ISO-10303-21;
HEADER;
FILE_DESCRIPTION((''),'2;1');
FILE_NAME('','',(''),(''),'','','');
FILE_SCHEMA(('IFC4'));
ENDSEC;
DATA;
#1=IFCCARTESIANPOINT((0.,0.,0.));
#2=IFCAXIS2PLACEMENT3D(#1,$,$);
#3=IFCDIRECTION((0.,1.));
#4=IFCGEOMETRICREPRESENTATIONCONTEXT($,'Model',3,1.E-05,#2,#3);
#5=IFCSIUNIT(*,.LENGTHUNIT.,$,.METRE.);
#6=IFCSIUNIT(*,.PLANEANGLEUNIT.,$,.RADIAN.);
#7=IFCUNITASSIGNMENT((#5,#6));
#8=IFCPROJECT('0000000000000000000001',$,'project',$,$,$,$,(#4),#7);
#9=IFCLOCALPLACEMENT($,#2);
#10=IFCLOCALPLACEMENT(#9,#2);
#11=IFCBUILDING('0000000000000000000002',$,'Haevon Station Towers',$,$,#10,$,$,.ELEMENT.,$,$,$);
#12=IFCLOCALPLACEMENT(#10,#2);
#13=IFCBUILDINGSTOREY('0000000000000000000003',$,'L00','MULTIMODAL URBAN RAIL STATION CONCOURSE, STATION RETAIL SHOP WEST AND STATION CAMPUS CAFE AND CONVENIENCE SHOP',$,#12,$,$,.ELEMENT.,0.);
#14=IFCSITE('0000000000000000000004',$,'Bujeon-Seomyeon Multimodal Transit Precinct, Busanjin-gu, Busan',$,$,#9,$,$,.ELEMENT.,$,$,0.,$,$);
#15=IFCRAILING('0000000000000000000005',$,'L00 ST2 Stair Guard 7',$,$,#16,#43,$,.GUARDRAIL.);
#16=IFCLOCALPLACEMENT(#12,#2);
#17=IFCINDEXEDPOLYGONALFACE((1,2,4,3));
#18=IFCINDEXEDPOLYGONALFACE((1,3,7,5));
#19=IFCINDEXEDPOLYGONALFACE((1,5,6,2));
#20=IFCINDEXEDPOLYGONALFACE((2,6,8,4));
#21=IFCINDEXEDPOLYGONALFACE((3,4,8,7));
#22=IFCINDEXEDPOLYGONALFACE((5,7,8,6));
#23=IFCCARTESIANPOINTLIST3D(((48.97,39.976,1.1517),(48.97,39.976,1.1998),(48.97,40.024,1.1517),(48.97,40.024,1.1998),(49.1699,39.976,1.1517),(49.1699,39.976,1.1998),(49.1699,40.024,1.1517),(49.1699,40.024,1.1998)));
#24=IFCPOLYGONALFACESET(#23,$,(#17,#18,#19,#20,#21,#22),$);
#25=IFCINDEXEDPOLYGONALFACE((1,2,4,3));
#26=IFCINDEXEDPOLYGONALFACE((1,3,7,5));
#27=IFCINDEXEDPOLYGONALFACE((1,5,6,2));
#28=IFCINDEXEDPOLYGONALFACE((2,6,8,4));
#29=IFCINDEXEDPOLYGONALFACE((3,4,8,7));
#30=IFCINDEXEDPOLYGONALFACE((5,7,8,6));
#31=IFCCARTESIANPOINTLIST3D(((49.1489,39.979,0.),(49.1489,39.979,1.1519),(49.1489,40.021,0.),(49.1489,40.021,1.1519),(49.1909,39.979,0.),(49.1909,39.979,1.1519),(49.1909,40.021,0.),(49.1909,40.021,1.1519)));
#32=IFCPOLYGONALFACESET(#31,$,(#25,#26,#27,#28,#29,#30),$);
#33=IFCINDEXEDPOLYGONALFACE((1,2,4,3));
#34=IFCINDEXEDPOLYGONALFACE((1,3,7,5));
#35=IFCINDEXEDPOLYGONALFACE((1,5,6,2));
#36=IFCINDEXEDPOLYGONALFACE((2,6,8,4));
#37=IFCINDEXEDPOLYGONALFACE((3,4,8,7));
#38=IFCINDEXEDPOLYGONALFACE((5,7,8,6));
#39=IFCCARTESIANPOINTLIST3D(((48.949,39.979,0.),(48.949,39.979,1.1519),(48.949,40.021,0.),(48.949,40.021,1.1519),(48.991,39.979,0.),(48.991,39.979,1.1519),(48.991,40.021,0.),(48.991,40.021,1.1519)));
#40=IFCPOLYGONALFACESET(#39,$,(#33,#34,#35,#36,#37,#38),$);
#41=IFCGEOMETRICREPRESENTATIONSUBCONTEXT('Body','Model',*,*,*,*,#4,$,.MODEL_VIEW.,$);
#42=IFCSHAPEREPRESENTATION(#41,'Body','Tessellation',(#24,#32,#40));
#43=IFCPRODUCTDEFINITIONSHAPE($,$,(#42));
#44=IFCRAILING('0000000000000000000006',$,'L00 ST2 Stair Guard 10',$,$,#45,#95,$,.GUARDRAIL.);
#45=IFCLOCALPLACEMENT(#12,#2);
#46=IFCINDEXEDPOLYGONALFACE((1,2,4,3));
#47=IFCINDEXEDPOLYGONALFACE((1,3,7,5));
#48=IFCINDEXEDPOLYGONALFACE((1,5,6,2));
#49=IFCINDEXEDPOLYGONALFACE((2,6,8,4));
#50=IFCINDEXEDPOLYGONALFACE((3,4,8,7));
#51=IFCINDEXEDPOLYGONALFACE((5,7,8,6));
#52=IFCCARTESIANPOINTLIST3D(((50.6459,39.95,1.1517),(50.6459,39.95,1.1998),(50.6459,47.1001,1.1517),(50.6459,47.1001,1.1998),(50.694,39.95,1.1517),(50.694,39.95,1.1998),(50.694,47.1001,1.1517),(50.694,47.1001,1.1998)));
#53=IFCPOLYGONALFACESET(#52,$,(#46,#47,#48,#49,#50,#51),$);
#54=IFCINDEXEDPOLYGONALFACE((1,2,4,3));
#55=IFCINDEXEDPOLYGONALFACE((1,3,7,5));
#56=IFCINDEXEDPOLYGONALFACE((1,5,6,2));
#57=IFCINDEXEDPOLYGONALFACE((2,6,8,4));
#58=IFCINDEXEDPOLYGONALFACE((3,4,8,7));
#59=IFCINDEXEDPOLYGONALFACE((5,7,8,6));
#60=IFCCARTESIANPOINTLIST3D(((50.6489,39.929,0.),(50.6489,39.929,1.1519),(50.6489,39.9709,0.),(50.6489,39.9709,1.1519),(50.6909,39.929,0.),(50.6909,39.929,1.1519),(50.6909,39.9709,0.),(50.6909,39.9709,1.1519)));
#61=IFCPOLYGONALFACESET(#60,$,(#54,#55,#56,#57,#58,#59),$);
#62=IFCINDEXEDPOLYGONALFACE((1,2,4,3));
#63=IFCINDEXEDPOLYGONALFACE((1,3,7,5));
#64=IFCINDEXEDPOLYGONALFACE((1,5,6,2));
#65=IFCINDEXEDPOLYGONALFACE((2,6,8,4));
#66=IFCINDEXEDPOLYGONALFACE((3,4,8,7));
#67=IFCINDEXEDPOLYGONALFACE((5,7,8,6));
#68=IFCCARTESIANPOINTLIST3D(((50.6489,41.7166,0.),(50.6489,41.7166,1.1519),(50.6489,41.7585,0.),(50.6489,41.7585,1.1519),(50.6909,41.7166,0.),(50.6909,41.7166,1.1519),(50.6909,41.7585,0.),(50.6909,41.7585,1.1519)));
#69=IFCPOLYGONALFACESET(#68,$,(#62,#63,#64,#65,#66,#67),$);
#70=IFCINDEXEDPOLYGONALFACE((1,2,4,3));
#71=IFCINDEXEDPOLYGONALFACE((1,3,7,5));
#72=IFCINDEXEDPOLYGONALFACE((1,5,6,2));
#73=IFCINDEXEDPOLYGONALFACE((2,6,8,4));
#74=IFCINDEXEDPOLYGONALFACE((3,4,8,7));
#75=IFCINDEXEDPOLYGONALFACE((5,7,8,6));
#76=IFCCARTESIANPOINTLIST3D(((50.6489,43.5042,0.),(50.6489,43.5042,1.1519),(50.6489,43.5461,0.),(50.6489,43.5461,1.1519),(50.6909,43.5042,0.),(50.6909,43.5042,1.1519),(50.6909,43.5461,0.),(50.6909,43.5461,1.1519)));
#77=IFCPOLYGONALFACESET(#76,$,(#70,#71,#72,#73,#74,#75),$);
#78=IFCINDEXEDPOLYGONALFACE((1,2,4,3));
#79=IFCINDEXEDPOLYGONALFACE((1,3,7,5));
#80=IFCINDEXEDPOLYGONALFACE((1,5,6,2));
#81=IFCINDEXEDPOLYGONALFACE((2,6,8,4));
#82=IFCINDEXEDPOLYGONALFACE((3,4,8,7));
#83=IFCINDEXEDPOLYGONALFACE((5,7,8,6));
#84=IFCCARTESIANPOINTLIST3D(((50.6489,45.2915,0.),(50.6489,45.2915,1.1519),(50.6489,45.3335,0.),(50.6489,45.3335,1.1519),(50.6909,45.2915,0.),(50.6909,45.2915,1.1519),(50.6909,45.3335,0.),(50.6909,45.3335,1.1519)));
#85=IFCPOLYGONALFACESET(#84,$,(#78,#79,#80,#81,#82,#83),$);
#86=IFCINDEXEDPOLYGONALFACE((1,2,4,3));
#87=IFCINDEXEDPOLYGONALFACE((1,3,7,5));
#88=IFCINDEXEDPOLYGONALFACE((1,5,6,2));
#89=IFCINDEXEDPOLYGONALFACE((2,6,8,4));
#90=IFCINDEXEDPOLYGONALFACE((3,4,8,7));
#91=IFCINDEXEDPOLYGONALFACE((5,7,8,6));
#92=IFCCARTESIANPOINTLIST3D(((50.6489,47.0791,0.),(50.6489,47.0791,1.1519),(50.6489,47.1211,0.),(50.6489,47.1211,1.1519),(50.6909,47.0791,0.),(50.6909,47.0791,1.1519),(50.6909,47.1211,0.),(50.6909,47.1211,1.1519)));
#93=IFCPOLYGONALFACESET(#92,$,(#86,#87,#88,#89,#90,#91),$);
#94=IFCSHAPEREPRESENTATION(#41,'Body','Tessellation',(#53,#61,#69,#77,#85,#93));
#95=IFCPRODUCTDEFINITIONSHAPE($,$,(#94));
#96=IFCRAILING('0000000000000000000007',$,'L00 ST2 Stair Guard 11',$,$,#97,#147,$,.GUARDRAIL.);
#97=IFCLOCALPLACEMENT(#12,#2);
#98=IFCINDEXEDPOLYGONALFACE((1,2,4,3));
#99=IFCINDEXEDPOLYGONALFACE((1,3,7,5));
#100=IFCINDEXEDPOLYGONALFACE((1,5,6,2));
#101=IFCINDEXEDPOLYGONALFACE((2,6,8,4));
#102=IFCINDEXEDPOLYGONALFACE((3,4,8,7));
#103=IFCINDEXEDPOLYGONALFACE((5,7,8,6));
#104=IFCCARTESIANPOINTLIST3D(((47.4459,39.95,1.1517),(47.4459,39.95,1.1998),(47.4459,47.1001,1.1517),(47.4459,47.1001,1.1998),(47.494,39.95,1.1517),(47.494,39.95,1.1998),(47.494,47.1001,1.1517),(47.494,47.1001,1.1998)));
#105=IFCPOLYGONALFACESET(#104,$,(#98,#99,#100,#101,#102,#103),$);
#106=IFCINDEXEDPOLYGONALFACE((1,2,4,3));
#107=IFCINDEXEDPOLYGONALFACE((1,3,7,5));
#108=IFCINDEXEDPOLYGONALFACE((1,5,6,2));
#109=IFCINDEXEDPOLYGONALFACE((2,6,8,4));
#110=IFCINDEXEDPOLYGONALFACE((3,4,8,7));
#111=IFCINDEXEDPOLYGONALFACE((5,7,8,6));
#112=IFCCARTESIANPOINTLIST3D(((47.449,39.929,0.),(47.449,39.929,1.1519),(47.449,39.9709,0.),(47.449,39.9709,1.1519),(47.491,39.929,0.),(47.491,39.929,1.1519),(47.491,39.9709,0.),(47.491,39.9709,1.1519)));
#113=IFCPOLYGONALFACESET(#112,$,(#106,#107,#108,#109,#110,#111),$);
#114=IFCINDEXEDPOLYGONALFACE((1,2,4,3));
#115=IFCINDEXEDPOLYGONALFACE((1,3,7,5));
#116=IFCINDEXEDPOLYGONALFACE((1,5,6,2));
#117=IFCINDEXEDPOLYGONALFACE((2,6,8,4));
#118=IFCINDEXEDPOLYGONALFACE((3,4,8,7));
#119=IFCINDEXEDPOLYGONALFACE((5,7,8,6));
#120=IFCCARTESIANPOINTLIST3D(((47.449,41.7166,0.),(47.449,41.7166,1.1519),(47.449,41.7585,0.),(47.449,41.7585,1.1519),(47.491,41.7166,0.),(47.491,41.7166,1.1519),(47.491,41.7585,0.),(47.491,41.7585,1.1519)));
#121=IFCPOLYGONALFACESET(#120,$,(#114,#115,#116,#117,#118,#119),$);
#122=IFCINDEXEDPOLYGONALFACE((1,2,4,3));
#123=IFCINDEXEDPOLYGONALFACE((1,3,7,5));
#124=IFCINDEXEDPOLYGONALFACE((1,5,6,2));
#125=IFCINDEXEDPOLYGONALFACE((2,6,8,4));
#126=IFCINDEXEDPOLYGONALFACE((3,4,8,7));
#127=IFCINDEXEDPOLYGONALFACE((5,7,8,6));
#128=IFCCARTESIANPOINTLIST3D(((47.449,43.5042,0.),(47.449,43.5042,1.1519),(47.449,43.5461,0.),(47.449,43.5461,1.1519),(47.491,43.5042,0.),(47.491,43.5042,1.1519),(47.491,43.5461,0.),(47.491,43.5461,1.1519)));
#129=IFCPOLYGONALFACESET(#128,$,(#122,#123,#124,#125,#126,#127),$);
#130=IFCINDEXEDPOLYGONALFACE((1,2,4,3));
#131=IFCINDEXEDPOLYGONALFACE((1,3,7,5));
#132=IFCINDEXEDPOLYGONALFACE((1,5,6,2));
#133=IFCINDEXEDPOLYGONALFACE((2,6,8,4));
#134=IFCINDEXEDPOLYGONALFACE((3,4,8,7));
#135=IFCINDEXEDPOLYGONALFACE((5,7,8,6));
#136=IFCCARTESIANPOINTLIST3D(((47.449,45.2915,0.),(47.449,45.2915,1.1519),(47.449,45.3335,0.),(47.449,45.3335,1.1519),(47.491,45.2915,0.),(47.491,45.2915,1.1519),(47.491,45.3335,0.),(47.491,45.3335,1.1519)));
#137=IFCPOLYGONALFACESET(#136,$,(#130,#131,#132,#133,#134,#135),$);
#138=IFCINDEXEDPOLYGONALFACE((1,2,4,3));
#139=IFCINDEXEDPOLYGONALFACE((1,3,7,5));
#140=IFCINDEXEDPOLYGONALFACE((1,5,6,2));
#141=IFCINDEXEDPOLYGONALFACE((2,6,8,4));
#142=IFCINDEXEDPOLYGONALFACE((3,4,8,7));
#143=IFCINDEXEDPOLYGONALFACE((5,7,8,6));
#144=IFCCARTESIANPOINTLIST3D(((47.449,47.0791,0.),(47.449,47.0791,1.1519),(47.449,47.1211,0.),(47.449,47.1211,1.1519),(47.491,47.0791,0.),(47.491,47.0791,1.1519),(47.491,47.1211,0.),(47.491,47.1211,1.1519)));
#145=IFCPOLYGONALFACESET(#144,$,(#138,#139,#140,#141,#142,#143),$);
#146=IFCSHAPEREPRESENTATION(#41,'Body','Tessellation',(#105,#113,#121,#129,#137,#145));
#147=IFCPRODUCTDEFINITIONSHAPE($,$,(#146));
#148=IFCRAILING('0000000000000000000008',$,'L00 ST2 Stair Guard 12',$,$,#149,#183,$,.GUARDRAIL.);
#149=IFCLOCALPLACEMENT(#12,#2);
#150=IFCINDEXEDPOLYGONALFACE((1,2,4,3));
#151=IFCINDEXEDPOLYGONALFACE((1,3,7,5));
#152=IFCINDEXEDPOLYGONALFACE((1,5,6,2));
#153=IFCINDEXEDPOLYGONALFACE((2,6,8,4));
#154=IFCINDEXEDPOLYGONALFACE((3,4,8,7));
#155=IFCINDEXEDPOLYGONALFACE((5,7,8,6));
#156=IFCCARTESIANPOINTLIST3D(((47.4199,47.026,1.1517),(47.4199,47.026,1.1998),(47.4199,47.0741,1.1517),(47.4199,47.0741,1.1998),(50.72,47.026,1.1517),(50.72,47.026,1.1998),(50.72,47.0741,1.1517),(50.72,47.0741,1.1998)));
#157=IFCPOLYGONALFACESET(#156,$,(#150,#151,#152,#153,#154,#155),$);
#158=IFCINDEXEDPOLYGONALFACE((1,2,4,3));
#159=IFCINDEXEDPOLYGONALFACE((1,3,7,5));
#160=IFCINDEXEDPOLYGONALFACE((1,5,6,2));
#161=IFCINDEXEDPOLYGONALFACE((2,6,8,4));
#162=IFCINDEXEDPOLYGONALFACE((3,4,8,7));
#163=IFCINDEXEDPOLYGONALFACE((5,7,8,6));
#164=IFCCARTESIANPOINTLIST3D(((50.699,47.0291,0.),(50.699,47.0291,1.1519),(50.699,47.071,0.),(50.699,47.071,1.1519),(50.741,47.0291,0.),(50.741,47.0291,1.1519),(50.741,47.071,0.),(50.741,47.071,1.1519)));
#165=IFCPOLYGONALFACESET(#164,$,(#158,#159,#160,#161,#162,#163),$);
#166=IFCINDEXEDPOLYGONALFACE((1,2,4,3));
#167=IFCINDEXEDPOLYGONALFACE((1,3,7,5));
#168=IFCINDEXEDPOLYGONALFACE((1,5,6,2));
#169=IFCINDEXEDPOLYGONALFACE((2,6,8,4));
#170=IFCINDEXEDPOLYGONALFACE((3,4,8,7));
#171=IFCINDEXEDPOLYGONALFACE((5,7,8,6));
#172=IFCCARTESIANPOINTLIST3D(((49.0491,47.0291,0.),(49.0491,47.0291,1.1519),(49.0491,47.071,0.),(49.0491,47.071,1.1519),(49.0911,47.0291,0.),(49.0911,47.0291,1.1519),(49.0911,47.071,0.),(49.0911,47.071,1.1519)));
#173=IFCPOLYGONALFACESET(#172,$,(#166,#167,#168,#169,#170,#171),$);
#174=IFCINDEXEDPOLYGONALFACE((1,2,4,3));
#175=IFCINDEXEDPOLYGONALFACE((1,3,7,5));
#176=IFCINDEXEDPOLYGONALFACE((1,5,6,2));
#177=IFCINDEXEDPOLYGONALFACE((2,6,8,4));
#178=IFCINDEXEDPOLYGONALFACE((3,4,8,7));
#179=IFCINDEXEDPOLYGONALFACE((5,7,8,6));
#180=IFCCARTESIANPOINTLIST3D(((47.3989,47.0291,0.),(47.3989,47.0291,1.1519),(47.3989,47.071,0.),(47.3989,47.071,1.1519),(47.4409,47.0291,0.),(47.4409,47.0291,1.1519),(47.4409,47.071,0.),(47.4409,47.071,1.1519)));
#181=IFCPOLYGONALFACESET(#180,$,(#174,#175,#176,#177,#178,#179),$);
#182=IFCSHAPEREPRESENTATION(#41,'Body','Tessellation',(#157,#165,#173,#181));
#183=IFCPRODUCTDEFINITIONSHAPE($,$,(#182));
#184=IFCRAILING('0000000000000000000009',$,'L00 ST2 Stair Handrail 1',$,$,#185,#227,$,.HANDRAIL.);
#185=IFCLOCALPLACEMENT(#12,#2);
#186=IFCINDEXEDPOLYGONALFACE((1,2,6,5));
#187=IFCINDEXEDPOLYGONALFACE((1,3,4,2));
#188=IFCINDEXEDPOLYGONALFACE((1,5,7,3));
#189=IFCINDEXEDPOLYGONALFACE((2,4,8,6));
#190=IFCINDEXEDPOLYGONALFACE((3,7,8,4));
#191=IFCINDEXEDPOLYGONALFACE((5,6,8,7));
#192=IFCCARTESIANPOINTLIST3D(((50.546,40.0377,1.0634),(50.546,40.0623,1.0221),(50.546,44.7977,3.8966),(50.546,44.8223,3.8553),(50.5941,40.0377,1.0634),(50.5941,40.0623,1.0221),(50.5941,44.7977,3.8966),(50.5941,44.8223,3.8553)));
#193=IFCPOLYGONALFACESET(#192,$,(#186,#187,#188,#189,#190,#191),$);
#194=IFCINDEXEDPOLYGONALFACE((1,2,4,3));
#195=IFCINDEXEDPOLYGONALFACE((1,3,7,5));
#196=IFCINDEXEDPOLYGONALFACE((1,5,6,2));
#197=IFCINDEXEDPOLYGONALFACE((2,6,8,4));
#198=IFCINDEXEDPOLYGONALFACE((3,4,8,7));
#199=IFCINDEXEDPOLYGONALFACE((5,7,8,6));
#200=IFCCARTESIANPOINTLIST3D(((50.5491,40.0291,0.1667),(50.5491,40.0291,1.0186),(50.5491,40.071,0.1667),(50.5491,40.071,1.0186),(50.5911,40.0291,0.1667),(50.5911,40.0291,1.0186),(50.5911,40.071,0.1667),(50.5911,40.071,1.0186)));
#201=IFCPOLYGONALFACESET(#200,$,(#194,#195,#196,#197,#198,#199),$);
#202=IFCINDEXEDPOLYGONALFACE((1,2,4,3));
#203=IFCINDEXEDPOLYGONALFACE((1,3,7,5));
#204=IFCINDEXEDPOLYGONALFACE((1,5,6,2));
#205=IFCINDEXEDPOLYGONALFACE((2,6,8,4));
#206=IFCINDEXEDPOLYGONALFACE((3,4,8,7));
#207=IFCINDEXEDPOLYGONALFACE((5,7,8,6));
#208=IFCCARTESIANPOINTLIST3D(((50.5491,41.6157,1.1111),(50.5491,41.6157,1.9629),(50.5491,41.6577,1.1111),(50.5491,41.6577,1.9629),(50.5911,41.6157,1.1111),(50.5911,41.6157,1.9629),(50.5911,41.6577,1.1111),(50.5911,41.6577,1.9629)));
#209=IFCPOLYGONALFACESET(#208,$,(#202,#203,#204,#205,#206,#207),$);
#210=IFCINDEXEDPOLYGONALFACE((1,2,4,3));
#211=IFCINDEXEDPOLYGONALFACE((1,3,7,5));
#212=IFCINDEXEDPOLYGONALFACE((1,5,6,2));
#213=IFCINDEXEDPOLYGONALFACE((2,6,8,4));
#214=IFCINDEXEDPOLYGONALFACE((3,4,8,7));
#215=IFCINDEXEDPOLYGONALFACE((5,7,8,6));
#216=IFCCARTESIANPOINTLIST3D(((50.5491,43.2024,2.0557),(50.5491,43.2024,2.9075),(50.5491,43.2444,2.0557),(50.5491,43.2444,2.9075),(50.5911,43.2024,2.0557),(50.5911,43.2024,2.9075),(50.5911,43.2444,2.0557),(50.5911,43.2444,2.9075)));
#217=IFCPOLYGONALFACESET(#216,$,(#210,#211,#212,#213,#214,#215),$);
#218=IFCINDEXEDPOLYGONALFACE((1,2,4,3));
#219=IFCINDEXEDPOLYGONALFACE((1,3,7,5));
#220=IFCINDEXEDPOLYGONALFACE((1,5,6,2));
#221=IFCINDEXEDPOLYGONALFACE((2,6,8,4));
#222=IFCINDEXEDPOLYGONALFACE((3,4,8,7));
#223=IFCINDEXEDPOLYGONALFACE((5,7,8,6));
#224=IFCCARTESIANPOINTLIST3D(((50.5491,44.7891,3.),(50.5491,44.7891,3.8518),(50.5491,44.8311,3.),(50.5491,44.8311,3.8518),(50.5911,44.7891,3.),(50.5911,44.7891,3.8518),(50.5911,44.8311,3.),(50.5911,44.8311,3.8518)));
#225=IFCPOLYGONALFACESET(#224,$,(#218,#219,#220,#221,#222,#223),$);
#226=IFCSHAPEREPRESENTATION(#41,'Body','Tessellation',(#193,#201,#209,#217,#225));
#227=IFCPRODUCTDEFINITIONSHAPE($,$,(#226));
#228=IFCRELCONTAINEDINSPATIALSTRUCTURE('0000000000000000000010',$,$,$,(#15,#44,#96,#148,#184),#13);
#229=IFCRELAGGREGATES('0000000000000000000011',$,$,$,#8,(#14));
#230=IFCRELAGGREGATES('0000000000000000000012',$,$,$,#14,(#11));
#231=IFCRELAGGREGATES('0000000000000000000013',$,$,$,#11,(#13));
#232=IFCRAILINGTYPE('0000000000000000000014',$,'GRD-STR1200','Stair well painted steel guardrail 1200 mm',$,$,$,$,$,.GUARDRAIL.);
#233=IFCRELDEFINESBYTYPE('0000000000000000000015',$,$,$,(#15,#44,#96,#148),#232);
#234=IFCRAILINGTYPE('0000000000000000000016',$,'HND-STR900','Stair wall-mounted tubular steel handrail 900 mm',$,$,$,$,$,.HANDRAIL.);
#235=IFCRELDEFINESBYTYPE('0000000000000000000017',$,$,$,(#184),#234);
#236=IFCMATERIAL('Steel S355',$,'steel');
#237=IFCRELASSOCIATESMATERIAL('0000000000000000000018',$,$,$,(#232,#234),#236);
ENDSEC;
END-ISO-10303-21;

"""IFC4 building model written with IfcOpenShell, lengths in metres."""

from ifc_helpers import new_model, si_unit, direction, frame, origin, origin_2d, place, context, subcontext, project, spatial, rectangle, extrude, material, type_object, element, save


model = new_model("IFC4")

# Units and contexts
model_context = context("Model", 3, precision=1e-05, world=origin(), true_north=direction((0.0, 1.0)))
body_context = subcontext(model_context, "Body", "Model", "MODEL_VIEW")
ifc_project = project(units=[si_unit("LENGTHUNIT", "METRE"), si_unit("PLANEANGLEUNIT", "RADIAN")], contexts=[model_context])

# Site, building, storey
site_placement = place(None, origin())
site = spatial("IfcSite", under=ifc_project, at=site_placement, Name="Bujeon-Seomyeon Multimodal Transit Precinct, Busanjin-gu, Busan", CompositionType="ELEMENT", RefElevation=0.0)
building_placement = place(site_placement, origin())
building = spatial("IfcBuilding", under=site, at=building_placement, Name="Haevon Station Towers", CompositionType="ELEMENT")
storey_placement = place(building_placement, origin())
storey = spatial("IfcBuildingStorey", under=building, at=storey_placement, Name="L00", Description="MULTIMODAL URBAN RAIL STATION CONCOURSE, STATION RETAIL SHOP WEST AND STATION CAMPUS CAFE AND CONVENIENCE SHOP", CompositionType="ELEMENT", Elevation=0.0)

# Shared definitions
ifc_material_1 = material(Name="Steel S355", Category="steel")

# Railings
railing_type_1 = type_object("IfcRailingType", Name="GRD-STR1200", Description="Stair well painted steel guardrail 1200 mm", PredefinedType="GUARDRAIL", material=ifc_material_1)
railing_1_placement = place(storey_placement, frame((49.1699, 40.0, 0.0)))
element("IfcRailing", 1, at=railing_1_placement, inside=storey, type_object=railing_type_1, Name="L00 ST2 Stair Guard 7", PredefinedType="GUARDRAIL", context=body_context, shape_type="SweptSolid", body=[
    extrude(rectangle(XDim=0.0481, YDim=0.0481, at=origin_2d()), frame((0.0, 0.0, 1.1758), z_axis=(-1.0, 0.0, 0.0), x_axis=(0.0, -1.0, 0.0)), (0.0, 0.0, 1.0), 0.2),
    extrude(rectangle(XDim=0.042, YDim=0.042, at=origin_2d()), origin(), (0.0, 0.0, 1.0), 1.1519),
    extrude(rectangle(XDim=0.042, YDim=0.042, at=origin_2d()), frame((-0.2, 0.0, 0.0)), (0.0, 0.0, 1.0), 1.1519),
])
for number, where, name in (
    (2, (50.6699, 39.95, 0.0), "L00 ST2 Stair Guard 10"),
    (3, (47.47, 39.95, 0.0), "L00 ST2 Stair Guard 11"),
):
    element("IfcRailing", number, at=place(storey_placement, frame(where)), inside=storey, type_object=railing_type_1, Name=name, PredefinedType="GUARDRAIL", context=body_context, shape_type="SweptSolid", body=[
        extrude(rectangle(XDim=0.0481, YDim=0.0481, at=origin_2d()), frame((0.0, 0.0, 1.1758), z_axis=(0.0, 1.0, 0.0), x_axis=(-1.0, 0.0, 0.0)), (0.0, 0.0, 1.0), 7.1501),
        extrude(rectangle(XDim=0.042, YDim=0.042, at=origin_2d()), origin(), (0.0, 0.0, 1.0), 1.1519),
        extrude(rectangle(XDim=0.042, YDim=0.042, at=origin_2d()), frame((0.0, 1.7876, 0.0)), (0.0, 0.0, 1.0), 1.1519),
        extrude(rectangle(XDim=0.042, YDim=0.042, at=origin_2d()), frame((0.0, 3.5752, 0.0)), (0.0, 0.0, 1.0), 1.1519),
        extrude(rectangle(XDim=0.042, YDim=0.042, at=origin_2d()), frame((0.0, 5.3625, 0.0)), (0.0, 0.0, 1.0), 1.1519),
        extrude(rectangle(XDim=0.042, YDim=0.042, at=origin_2d()), frame((0.0, 7.1501, 0.0)), (0.0, 0.0, 1.0), 1.1519),
    ])
railing_2_placement = place(storey_placement, frame((50.72, 47.05, 0.0)))
element("IfcRailing", 4, at=railing_2_placement, inside=storey, type_object=railing_type_1, Name="L00 ST2 Stair Guard 12", PredefinedType="GUARDRAIL", context=body_context, shape_type="SweptSolid", body=[
    extrude(rectangle(XDim=0.0481, YDim=0.0481, at=origin_2d()), frame((0.0, 0.0, 1.1758), z_axis=(-1.0, 0.0, 0.0), x_axis=(0.0, -1.0, 0.0)), (0.0, 0.0, 1.0), 3.3),
    extrude(rectangle(XDim=0.042, YDim=0.042, at=origin_2d()), origin(), (0.0, 0.0, 1.0), 1.1519),
    extrude(rectangle(XDim=0.042, YDim=0.042, at=origin_2d()), frame((-1.6499, 0.0, 0.0)), (0.0, 0.0, 1.0), 1.1519),
    extrude(rectangle(XDim=0.042, YDim=0.042, at=origin_2d()), frame((-3.3, 0.0, 0.0)), (0.0, 0.0, 1.0), 1.1519),
])
railing_type_2 = type_object("IfcRailingType", Name="HND-STR900", Description="Stair wall-mounted tubular steel handrail 900 mm", PredefinedType="HANDRAIL", material=ifc_material_1)
railing_3_placement = place(storey_placement, frame((50.5701, 40.05, 0.1667)))
element("IfcRailing", 5, at=railing_3_placement, inside=storey, type_object=railing_type_2, Name="L00 ST2 Stair Handrail 1", PredefinedType="HANDRAIL", context=body_context, shape_type="SweptSolid", body=[
    extrude(rectangle(XDim=0.0481, YDim=0.0481, at=origin_2d()), frame((0.0, 0.0, 0.876), z_axis=(0.0, 0.8593, 0.511472), x_axis=(-1.0, 0.0, 0.0)), (0.0, 0.0, 1.0), 5.5393),
    extrude(rectangle(XDim=0.042, YDim=0.042, at=origin_2d()), origin(), (0.0, 0.0, 1.0), 0.8518),
    extrude(rectangle(XDim=0.042, YDim=0.042, at=origin_2d()), frame((0.0, 1.5867, 0.9443)), (0.0, 0.0, 1.0), 0.8518),
    extrude(rectangle(XDim=0.042, YDim=0.042, at=origin_2d()), frame((0.0, 3.1733, 1.8889)), (0.0, 0.0, 1.0), 0.8518),
    extrude(rectangle(XDim=0.042, YDim=0.042, at=origin_2d()), frame((0.0, 4.76, 2.8333)), (0.0, 0.0, 1.0), 0.8518),
])

save(model, "model.ifc")
